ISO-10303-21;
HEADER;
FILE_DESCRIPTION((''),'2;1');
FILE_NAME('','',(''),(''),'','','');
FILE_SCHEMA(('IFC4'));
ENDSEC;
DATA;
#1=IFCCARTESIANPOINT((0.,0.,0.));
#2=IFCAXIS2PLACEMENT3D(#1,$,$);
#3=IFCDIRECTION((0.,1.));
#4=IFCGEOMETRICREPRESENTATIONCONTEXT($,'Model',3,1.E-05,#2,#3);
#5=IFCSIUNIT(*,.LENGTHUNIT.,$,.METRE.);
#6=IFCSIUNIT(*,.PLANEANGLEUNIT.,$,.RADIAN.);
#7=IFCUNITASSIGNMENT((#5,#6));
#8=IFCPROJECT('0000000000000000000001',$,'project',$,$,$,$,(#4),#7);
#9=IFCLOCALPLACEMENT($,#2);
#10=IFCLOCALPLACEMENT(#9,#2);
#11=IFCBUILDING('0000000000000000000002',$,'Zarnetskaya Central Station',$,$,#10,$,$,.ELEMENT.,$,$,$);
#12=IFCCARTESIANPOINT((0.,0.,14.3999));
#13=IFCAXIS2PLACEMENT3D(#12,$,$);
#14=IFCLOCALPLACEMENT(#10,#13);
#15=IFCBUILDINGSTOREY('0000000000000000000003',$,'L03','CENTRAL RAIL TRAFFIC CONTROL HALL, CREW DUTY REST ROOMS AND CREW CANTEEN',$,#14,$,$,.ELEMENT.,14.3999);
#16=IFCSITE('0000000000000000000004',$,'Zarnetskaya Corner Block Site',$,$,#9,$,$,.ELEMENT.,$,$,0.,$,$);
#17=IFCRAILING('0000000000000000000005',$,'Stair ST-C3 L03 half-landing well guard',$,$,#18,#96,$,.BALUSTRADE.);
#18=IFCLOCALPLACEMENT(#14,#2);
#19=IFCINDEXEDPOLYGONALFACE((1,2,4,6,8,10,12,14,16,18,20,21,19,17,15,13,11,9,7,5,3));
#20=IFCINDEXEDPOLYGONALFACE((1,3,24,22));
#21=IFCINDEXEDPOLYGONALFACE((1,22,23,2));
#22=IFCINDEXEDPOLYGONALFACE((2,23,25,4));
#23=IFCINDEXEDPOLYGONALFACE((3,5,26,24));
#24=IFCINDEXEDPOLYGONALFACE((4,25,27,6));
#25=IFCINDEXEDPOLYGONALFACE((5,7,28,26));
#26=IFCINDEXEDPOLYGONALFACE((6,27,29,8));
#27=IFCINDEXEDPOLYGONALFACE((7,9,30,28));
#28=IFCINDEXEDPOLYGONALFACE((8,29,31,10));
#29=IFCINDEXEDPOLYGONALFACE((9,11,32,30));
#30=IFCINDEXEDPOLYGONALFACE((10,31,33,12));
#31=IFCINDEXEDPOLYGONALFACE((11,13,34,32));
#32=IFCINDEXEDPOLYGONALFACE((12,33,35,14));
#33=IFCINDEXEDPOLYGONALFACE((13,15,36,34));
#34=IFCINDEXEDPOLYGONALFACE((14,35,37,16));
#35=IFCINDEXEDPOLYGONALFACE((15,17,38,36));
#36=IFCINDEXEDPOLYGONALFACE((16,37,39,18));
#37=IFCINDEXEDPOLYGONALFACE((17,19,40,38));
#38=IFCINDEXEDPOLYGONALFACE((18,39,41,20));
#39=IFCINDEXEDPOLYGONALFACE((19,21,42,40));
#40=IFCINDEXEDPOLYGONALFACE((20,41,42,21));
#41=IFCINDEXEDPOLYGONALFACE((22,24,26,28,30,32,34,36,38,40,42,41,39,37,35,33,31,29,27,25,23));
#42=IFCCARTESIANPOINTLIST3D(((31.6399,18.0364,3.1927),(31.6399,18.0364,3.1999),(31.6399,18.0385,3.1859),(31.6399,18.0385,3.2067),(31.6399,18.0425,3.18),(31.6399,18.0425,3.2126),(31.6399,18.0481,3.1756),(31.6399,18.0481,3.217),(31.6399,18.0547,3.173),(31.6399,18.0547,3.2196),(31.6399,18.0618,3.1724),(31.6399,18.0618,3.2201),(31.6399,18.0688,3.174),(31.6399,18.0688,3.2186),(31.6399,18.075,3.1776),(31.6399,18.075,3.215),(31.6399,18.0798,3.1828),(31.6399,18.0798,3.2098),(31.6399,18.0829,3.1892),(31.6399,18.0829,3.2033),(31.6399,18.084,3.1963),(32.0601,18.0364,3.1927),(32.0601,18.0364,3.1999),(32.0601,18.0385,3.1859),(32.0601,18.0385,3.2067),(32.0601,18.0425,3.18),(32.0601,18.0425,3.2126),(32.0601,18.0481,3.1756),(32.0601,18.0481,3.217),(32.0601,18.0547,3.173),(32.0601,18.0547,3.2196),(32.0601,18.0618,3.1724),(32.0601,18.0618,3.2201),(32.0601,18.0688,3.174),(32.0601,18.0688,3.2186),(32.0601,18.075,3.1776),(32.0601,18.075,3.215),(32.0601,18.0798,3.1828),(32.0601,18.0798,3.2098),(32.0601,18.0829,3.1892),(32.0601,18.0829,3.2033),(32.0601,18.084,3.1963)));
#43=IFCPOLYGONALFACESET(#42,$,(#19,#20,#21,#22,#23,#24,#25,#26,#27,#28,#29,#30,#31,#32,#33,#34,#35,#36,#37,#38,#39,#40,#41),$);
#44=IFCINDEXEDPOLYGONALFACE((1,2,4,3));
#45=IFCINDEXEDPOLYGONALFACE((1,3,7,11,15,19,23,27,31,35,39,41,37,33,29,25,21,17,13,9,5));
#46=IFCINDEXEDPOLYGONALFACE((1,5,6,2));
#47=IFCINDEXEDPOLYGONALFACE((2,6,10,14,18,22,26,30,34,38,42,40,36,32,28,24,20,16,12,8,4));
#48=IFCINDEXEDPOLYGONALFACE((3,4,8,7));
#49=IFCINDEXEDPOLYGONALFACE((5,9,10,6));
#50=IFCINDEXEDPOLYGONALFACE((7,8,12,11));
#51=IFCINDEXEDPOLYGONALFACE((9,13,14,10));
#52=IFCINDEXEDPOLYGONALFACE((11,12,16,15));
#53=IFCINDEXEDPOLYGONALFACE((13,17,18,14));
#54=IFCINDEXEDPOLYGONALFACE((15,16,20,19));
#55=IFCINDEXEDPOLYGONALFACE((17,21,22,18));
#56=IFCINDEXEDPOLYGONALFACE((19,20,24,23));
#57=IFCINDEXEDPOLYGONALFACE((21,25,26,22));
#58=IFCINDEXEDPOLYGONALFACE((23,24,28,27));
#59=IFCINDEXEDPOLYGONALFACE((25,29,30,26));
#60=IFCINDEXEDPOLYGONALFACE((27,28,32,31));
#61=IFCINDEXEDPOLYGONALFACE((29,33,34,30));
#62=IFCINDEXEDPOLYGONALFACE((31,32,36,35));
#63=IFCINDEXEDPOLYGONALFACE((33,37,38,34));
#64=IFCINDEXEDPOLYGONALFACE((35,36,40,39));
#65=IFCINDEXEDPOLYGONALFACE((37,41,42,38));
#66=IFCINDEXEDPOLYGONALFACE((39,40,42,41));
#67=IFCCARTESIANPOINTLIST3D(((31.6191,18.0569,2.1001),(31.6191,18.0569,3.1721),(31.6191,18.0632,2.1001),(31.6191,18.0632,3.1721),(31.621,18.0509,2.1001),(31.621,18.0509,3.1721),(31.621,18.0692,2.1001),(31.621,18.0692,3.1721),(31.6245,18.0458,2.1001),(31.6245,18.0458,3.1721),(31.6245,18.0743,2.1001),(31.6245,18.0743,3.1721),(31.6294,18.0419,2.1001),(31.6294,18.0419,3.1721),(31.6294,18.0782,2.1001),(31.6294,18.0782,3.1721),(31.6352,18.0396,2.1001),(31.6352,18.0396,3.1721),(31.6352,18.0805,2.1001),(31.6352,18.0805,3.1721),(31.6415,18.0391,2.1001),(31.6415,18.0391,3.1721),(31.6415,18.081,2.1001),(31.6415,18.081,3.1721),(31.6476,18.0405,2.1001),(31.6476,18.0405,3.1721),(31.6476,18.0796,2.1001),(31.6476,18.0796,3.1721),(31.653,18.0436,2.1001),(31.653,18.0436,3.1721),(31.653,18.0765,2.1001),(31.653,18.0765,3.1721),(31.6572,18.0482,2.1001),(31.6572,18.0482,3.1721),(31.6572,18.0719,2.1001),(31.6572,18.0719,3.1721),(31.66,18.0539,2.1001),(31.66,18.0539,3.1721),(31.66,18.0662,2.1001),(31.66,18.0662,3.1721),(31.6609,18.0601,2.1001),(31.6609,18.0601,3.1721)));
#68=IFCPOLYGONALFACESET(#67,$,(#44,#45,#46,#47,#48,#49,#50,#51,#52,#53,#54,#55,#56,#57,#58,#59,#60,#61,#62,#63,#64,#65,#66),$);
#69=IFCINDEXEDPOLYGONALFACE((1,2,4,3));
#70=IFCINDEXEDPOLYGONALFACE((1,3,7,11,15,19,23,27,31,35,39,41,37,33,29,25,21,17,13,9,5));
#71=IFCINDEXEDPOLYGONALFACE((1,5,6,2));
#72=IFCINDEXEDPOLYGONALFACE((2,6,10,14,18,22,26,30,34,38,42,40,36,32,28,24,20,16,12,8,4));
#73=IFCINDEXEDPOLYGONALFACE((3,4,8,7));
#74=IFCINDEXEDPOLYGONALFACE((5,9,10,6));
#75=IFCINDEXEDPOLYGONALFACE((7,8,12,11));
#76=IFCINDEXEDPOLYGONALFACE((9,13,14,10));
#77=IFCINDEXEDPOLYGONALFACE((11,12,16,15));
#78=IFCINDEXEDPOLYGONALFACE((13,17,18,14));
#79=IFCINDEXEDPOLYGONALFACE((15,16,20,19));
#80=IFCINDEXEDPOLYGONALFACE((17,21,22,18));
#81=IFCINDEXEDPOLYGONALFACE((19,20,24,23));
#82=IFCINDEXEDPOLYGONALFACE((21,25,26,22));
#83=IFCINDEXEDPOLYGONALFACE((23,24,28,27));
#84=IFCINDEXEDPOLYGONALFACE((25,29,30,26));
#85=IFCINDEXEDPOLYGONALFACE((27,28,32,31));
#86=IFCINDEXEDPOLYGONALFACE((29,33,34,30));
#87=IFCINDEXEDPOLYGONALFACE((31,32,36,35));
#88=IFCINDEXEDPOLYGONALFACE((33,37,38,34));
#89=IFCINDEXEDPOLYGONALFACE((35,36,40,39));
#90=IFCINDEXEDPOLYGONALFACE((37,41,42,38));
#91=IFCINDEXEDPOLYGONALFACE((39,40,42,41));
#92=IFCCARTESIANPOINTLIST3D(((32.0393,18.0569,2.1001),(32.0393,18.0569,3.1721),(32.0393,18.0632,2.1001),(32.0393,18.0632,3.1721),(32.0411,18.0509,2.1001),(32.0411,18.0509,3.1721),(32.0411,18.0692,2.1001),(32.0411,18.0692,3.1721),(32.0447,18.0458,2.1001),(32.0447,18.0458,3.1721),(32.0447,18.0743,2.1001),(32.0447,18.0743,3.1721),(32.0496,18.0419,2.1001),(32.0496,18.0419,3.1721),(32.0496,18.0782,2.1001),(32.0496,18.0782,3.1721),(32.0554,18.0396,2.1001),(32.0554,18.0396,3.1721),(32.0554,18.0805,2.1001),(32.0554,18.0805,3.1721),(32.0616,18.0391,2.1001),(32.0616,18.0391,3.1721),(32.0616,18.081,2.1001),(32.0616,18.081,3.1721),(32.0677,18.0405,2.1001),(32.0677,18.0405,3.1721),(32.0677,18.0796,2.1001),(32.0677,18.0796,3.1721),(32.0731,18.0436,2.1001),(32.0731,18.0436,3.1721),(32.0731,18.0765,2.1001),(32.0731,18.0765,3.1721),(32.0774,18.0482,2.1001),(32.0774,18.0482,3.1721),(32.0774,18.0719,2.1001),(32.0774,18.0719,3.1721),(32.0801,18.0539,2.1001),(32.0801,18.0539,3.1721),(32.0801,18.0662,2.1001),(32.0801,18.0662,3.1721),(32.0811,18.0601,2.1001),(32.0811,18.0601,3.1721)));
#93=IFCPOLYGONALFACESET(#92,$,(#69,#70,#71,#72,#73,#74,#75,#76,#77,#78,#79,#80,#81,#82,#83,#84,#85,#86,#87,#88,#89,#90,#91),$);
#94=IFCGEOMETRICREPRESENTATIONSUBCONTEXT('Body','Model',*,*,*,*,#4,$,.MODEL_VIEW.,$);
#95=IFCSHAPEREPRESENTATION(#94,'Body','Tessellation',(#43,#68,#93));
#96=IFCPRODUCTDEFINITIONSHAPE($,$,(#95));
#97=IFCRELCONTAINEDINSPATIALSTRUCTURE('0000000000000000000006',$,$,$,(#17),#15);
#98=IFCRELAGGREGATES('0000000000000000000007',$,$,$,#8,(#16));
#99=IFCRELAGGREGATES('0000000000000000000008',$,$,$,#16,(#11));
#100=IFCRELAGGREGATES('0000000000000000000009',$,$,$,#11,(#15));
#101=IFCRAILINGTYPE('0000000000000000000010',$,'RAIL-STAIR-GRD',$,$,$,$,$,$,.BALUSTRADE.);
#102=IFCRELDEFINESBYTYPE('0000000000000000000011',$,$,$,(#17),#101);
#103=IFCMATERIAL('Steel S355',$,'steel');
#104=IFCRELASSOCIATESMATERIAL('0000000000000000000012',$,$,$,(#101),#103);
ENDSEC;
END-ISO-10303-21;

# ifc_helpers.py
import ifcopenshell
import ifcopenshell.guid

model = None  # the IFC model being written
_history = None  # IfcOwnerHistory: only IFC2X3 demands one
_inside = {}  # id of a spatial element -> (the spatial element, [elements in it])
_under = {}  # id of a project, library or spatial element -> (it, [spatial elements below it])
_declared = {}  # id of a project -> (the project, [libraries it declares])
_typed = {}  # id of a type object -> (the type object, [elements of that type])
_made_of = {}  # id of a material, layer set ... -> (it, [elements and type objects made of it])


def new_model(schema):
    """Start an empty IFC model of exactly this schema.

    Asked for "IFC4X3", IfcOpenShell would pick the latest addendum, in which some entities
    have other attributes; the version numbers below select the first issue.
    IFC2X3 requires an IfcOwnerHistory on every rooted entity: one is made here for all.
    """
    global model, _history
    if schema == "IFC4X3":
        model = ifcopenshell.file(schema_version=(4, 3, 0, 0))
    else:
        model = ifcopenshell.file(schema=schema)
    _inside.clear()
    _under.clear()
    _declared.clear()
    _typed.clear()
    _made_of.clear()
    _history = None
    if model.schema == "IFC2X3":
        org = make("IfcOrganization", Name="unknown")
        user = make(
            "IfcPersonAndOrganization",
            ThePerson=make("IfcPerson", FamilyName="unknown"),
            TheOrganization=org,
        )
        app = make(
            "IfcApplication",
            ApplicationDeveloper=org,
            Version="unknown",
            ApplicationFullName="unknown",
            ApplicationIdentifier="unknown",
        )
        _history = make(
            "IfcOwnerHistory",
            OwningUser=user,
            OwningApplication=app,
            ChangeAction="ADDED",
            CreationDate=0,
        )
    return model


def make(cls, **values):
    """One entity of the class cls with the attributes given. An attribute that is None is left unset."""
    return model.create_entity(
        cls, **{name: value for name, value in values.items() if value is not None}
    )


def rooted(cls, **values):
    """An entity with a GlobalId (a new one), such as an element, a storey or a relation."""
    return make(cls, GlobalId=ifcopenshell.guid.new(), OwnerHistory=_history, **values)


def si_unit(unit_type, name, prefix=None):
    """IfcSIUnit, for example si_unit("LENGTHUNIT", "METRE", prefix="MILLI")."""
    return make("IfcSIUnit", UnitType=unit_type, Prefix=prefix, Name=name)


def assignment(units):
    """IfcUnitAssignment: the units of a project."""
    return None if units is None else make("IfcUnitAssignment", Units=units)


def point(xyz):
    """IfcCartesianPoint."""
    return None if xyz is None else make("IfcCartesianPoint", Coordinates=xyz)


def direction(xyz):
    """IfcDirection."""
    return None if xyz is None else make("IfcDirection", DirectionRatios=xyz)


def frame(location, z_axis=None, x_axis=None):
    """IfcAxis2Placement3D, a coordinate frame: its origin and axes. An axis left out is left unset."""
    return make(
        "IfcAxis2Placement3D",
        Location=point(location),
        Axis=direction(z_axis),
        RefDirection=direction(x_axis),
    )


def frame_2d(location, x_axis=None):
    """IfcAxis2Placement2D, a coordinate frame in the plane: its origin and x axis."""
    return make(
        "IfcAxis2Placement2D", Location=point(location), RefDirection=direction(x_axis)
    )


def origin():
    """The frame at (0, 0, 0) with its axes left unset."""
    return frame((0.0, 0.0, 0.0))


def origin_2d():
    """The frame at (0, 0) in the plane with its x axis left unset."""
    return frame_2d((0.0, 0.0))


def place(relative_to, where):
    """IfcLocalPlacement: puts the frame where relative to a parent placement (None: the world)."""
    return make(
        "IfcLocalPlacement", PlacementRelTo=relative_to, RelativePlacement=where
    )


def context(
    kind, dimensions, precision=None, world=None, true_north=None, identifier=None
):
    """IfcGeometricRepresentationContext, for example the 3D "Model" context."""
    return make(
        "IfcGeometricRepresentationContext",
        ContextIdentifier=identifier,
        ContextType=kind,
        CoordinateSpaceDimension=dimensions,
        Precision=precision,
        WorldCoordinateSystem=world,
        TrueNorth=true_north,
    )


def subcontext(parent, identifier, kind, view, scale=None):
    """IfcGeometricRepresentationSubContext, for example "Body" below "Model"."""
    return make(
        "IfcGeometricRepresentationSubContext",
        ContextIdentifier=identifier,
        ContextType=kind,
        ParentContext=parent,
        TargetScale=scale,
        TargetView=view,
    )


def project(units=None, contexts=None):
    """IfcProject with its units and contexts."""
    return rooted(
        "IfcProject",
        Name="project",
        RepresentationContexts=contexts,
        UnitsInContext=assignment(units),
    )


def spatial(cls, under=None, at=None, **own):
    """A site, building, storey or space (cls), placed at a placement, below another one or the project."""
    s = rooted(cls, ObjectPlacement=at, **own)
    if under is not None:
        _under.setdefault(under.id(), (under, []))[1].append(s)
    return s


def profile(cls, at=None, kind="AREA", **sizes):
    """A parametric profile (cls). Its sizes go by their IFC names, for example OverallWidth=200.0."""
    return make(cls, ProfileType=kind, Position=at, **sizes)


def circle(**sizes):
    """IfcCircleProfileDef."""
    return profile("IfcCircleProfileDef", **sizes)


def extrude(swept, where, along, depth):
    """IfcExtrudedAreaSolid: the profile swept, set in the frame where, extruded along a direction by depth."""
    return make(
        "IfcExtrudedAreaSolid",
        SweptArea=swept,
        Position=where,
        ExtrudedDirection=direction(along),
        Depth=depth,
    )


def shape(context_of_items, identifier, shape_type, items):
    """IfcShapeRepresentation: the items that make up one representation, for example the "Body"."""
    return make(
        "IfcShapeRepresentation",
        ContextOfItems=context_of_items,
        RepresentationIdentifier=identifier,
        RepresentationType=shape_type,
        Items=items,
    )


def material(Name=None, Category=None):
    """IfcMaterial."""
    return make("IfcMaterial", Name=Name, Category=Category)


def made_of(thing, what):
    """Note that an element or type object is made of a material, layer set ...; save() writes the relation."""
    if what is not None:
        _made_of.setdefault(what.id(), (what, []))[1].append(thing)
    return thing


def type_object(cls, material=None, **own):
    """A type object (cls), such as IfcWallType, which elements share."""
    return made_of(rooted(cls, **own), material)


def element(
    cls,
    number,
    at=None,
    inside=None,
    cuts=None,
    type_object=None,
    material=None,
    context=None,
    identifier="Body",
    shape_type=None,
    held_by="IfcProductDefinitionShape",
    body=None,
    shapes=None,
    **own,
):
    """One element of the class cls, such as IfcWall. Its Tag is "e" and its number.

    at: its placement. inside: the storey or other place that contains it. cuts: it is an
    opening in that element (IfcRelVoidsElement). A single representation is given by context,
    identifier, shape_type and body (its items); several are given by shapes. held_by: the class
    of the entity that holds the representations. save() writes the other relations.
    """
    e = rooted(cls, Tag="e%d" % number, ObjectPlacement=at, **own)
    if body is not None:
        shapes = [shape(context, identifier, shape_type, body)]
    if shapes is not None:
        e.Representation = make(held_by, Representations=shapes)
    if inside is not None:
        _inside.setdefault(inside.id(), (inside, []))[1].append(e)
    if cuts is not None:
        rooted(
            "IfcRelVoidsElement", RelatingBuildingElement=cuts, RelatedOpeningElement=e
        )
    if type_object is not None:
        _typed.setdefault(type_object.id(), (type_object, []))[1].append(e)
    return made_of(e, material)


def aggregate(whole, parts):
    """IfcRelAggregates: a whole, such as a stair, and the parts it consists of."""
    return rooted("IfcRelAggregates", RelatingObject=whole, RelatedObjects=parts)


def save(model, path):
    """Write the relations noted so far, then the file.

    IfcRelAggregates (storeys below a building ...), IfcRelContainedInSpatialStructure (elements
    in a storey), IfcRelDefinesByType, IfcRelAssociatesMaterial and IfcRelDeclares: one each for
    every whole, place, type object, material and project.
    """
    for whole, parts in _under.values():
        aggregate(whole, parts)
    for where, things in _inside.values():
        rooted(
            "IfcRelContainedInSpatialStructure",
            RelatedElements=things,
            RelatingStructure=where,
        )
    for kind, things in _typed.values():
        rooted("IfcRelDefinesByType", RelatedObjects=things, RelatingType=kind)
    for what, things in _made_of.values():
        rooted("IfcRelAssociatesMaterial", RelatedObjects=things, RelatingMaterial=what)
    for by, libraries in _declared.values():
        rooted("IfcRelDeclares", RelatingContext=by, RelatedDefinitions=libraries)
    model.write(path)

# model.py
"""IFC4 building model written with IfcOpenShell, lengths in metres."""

from ifc_helpers import new_model, si_unit, direction, frame, origin, origin_2d, place, context, subcontext, project, spatial, circle, extrude, material, type_object, element, save


model = new_model("IFC4")

# Units and contexts
model_context = context("Model", 3, precision=1e-05, world=origin(), true_north=direction((0.0, 1.0)))
body_context = subcontext(model_context, "Body", "Model", "MODEL_VIEW")
ifc_project = project(units=[si_unit("LENGTHUNIT", "METRE"), si_unit("PLANEANGLEUNIT", "RADIAN")], contexts=[model_context])

# Site, building, storey
site_placement = place(None, origin())
site = spatial("IfcSite", under=ifc_project, at=site_placement, Name="Zarnetskaya Corner Block Site", CompositionType="ELEMENT", RefElevation=0.0)
building_placement = place(site_placement, origin())
building = spatial("IfcBuilding", under=site, at=building_placement, Name="Zarnetskaya Central Station", CompositionType="ELEMENT")
storey_placement = place(building_placement, frame((0.0, 0.0, 14.3999)))
storey = spatial("IfcBuildingStorey", under=building, at=storey_placement, Name="L03", Description="CENTRAL RAIL TRAFFIC CONTROL HALL, CREW DUTY REST ROOMS AND CREW CANTEEN", CompositionType="ELEMENT", Elevation=14.3999)

# Shared definitions
ifc_material_1 = material(Name="Steel S355", Category="steel")

# Railing
railing_type_1 = type_object("IfcRailingType", Name="RAIL-STAIR-GRD", PredefinedType="BALUSTRADE", material=ifc_material_1)
railing_1_placement = place(storey_placement, frame((31.6399, 18.0601, 2.1001)))
element("IfcRailing", 1, at=railing_1_placement, inside=storey, type_object=railing_type_1, Name="Stair ST-C3 L03 half-landing well guard", PredefinedType="BALUSTRADE", context=body_context, shape_type="SweptSolid", body=[
    extrude(circle(Radius=0.0239, at=origin_2d()), frame((0.0, 0.0, 1.0962), z_axis=(1.0, 0.0, 0.0), x_axis=(0.0, 1.0, 0.0)), (0.0, 0.0, 1.0), 0.4202),
    extrude(circle(Radius=0.021, at=origin_2d()), origin(), (0.0, 0.0, 1.0), 1.072),
    extrude(circle(Radius=0.021, at=origin_2d()), frame((0.4202, 0.0, 0.0)), (0.0, 0.0, 1.0), 1.072),
])

save(model, "model.ifc")
